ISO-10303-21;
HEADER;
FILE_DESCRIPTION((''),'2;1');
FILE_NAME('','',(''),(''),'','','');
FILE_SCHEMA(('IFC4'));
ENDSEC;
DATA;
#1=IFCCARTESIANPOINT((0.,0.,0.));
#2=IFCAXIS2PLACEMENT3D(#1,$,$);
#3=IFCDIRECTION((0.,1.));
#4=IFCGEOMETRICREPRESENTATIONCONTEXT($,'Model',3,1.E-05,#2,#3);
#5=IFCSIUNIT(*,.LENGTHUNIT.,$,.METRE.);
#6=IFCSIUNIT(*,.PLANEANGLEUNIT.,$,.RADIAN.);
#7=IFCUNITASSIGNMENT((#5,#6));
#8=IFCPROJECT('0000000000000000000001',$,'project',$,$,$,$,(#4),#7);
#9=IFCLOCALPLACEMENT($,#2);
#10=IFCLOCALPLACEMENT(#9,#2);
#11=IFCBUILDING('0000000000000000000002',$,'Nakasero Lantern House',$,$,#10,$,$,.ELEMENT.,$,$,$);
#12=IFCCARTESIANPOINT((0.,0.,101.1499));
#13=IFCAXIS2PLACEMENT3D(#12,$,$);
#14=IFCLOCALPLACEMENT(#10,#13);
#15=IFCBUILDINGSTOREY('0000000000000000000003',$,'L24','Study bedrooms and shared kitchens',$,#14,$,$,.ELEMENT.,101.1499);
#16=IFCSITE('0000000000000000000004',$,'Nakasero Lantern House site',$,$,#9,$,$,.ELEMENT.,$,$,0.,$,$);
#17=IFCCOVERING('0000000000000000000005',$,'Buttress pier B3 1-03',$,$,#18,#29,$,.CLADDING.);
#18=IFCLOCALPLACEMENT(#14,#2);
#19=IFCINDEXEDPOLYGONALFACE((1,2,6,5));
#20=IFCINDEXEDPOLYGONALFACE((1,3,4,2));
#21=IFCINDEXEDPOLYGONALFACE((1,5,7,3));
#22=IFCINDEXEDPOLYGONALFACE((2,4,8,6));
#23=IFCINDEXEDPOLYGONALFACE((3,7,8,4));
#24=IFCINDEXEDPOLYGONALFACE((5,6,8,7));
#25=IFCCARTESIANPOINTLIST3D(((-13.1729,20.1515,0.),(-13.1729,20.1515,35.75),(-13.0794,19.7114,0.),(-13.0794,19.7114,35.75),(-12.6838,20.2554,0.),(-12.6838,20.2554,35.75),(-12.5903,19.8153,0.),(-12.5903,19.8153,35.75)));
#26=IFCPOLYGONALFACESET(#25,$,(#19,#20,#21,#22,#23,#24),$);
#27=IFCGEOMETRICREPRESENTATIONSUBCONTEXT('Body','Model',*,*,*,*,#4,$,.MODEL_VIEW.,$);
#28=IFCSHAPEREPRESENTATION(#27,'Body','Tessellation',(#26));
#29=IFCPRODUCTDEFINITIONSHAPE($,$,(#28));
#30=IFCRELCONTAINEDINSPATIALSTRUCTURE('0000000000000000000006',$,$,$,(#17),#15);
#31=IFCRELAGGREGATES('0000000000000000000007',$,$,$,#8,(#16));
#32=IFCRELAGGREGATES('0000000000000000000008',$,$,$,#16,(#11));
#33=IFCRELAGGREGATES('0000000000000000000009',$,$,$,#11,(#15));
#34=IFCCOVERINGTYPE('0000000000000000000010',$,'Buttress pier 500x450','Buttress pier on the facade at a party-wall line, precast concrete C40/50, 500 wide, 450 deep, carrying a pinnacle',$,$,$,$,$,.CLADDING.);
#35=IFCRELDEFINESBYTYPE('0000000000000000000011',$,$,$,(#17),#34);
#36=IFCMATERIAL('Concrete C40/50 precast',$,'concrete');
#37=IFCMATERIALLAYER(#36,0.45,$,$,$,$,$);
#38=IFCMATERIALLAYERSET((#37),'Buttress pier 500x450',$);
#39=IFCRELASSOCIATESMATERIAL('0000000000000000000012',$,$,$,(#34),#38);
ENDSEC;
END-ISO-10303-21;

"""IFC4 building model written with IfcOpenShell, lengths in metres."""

from ifc_helpers import new_model, si_unit, direction, frame, origin, origin_2d, place, context, subcontext, project, spatial, rectangle, extrude, material, layer, layer_set, type_object, element, save


model = new_model("IFC4")

# Units and contexts
model_context = context("Model", 3, precision=1e-05, world=origin(), true_north=direction((0.0, 1.0)))
body_context = subcontext(model_context, "Body", "Model", "MODEL_VIEW")
ifc_project = project(units=[si_unit("LENGTHUNIT", "METRE"), si_unit("PLANEANGLEUNIT", "RADIAN")], contexts=[model_context])

# Site, building, storey
site_placement = place(None, origin())
site = spatial("IfcSite", under=ifc_project, at=site_placement, Name="Nakasero Lantern House site", CompositionType="ELEMENT", RefElevation=0.0)
building_placement = place(site_placement, origin())
building = spatial("IfcBuilding", under=site, at=building_placement, Name="Nakasero Lantern House", CompositionType="ELEMENT")
storey_placement = place(building_placement, frame((0.0, 0.0, 101.1499)))
storey = spatial("IfcBuildingStorey", under=building, at=storey_placement, Name="L24", Description="Study bedrooms and shared kitchens", CompositionType="ELEMENT", Elevation=101.1499)

# Covering
ifc_material_1 = material(Name="Concrete C40/50 precast", Category="concrete")
ifc_layer_1 = layer(ifc_material_1, 0.45)
ifc_layer_set_1 = layer_set([ifc_layer_1], Name="Buttress pier 500x450")
covering_type = type_object("IfcCoveringType", Name="Buttress pier 500x450", Description="Buttress pier on the facade at a party-wall line, precast concrete C40/50, 500 wide, 450 deep, carrying a pinnacle", PredefinedType="CLADDING", material=ifc_layer_set_1)
covering_placement = place(storey_placement, frame((-12.8816, 19.9834, 0.0), z_axis=(0.0, 0.0, 1.0), x_axis=(-0.207912, 0.978148, 0.0)))
element("IfcCovering", 1, at=covering_placement, inside=storey, type_object=covering_type, Name="Buttress pier B3 1-03", PredefinedType="CLADDING", context=body_context, shape_type="SweptSolid", body=[
    extrude(rectangle(XDim=0.45, YDim=0.5, at=origin_2d()), origin(), (0.0, 0.0, 1.0), 35.75),
])

save(model, "model.ifc")
